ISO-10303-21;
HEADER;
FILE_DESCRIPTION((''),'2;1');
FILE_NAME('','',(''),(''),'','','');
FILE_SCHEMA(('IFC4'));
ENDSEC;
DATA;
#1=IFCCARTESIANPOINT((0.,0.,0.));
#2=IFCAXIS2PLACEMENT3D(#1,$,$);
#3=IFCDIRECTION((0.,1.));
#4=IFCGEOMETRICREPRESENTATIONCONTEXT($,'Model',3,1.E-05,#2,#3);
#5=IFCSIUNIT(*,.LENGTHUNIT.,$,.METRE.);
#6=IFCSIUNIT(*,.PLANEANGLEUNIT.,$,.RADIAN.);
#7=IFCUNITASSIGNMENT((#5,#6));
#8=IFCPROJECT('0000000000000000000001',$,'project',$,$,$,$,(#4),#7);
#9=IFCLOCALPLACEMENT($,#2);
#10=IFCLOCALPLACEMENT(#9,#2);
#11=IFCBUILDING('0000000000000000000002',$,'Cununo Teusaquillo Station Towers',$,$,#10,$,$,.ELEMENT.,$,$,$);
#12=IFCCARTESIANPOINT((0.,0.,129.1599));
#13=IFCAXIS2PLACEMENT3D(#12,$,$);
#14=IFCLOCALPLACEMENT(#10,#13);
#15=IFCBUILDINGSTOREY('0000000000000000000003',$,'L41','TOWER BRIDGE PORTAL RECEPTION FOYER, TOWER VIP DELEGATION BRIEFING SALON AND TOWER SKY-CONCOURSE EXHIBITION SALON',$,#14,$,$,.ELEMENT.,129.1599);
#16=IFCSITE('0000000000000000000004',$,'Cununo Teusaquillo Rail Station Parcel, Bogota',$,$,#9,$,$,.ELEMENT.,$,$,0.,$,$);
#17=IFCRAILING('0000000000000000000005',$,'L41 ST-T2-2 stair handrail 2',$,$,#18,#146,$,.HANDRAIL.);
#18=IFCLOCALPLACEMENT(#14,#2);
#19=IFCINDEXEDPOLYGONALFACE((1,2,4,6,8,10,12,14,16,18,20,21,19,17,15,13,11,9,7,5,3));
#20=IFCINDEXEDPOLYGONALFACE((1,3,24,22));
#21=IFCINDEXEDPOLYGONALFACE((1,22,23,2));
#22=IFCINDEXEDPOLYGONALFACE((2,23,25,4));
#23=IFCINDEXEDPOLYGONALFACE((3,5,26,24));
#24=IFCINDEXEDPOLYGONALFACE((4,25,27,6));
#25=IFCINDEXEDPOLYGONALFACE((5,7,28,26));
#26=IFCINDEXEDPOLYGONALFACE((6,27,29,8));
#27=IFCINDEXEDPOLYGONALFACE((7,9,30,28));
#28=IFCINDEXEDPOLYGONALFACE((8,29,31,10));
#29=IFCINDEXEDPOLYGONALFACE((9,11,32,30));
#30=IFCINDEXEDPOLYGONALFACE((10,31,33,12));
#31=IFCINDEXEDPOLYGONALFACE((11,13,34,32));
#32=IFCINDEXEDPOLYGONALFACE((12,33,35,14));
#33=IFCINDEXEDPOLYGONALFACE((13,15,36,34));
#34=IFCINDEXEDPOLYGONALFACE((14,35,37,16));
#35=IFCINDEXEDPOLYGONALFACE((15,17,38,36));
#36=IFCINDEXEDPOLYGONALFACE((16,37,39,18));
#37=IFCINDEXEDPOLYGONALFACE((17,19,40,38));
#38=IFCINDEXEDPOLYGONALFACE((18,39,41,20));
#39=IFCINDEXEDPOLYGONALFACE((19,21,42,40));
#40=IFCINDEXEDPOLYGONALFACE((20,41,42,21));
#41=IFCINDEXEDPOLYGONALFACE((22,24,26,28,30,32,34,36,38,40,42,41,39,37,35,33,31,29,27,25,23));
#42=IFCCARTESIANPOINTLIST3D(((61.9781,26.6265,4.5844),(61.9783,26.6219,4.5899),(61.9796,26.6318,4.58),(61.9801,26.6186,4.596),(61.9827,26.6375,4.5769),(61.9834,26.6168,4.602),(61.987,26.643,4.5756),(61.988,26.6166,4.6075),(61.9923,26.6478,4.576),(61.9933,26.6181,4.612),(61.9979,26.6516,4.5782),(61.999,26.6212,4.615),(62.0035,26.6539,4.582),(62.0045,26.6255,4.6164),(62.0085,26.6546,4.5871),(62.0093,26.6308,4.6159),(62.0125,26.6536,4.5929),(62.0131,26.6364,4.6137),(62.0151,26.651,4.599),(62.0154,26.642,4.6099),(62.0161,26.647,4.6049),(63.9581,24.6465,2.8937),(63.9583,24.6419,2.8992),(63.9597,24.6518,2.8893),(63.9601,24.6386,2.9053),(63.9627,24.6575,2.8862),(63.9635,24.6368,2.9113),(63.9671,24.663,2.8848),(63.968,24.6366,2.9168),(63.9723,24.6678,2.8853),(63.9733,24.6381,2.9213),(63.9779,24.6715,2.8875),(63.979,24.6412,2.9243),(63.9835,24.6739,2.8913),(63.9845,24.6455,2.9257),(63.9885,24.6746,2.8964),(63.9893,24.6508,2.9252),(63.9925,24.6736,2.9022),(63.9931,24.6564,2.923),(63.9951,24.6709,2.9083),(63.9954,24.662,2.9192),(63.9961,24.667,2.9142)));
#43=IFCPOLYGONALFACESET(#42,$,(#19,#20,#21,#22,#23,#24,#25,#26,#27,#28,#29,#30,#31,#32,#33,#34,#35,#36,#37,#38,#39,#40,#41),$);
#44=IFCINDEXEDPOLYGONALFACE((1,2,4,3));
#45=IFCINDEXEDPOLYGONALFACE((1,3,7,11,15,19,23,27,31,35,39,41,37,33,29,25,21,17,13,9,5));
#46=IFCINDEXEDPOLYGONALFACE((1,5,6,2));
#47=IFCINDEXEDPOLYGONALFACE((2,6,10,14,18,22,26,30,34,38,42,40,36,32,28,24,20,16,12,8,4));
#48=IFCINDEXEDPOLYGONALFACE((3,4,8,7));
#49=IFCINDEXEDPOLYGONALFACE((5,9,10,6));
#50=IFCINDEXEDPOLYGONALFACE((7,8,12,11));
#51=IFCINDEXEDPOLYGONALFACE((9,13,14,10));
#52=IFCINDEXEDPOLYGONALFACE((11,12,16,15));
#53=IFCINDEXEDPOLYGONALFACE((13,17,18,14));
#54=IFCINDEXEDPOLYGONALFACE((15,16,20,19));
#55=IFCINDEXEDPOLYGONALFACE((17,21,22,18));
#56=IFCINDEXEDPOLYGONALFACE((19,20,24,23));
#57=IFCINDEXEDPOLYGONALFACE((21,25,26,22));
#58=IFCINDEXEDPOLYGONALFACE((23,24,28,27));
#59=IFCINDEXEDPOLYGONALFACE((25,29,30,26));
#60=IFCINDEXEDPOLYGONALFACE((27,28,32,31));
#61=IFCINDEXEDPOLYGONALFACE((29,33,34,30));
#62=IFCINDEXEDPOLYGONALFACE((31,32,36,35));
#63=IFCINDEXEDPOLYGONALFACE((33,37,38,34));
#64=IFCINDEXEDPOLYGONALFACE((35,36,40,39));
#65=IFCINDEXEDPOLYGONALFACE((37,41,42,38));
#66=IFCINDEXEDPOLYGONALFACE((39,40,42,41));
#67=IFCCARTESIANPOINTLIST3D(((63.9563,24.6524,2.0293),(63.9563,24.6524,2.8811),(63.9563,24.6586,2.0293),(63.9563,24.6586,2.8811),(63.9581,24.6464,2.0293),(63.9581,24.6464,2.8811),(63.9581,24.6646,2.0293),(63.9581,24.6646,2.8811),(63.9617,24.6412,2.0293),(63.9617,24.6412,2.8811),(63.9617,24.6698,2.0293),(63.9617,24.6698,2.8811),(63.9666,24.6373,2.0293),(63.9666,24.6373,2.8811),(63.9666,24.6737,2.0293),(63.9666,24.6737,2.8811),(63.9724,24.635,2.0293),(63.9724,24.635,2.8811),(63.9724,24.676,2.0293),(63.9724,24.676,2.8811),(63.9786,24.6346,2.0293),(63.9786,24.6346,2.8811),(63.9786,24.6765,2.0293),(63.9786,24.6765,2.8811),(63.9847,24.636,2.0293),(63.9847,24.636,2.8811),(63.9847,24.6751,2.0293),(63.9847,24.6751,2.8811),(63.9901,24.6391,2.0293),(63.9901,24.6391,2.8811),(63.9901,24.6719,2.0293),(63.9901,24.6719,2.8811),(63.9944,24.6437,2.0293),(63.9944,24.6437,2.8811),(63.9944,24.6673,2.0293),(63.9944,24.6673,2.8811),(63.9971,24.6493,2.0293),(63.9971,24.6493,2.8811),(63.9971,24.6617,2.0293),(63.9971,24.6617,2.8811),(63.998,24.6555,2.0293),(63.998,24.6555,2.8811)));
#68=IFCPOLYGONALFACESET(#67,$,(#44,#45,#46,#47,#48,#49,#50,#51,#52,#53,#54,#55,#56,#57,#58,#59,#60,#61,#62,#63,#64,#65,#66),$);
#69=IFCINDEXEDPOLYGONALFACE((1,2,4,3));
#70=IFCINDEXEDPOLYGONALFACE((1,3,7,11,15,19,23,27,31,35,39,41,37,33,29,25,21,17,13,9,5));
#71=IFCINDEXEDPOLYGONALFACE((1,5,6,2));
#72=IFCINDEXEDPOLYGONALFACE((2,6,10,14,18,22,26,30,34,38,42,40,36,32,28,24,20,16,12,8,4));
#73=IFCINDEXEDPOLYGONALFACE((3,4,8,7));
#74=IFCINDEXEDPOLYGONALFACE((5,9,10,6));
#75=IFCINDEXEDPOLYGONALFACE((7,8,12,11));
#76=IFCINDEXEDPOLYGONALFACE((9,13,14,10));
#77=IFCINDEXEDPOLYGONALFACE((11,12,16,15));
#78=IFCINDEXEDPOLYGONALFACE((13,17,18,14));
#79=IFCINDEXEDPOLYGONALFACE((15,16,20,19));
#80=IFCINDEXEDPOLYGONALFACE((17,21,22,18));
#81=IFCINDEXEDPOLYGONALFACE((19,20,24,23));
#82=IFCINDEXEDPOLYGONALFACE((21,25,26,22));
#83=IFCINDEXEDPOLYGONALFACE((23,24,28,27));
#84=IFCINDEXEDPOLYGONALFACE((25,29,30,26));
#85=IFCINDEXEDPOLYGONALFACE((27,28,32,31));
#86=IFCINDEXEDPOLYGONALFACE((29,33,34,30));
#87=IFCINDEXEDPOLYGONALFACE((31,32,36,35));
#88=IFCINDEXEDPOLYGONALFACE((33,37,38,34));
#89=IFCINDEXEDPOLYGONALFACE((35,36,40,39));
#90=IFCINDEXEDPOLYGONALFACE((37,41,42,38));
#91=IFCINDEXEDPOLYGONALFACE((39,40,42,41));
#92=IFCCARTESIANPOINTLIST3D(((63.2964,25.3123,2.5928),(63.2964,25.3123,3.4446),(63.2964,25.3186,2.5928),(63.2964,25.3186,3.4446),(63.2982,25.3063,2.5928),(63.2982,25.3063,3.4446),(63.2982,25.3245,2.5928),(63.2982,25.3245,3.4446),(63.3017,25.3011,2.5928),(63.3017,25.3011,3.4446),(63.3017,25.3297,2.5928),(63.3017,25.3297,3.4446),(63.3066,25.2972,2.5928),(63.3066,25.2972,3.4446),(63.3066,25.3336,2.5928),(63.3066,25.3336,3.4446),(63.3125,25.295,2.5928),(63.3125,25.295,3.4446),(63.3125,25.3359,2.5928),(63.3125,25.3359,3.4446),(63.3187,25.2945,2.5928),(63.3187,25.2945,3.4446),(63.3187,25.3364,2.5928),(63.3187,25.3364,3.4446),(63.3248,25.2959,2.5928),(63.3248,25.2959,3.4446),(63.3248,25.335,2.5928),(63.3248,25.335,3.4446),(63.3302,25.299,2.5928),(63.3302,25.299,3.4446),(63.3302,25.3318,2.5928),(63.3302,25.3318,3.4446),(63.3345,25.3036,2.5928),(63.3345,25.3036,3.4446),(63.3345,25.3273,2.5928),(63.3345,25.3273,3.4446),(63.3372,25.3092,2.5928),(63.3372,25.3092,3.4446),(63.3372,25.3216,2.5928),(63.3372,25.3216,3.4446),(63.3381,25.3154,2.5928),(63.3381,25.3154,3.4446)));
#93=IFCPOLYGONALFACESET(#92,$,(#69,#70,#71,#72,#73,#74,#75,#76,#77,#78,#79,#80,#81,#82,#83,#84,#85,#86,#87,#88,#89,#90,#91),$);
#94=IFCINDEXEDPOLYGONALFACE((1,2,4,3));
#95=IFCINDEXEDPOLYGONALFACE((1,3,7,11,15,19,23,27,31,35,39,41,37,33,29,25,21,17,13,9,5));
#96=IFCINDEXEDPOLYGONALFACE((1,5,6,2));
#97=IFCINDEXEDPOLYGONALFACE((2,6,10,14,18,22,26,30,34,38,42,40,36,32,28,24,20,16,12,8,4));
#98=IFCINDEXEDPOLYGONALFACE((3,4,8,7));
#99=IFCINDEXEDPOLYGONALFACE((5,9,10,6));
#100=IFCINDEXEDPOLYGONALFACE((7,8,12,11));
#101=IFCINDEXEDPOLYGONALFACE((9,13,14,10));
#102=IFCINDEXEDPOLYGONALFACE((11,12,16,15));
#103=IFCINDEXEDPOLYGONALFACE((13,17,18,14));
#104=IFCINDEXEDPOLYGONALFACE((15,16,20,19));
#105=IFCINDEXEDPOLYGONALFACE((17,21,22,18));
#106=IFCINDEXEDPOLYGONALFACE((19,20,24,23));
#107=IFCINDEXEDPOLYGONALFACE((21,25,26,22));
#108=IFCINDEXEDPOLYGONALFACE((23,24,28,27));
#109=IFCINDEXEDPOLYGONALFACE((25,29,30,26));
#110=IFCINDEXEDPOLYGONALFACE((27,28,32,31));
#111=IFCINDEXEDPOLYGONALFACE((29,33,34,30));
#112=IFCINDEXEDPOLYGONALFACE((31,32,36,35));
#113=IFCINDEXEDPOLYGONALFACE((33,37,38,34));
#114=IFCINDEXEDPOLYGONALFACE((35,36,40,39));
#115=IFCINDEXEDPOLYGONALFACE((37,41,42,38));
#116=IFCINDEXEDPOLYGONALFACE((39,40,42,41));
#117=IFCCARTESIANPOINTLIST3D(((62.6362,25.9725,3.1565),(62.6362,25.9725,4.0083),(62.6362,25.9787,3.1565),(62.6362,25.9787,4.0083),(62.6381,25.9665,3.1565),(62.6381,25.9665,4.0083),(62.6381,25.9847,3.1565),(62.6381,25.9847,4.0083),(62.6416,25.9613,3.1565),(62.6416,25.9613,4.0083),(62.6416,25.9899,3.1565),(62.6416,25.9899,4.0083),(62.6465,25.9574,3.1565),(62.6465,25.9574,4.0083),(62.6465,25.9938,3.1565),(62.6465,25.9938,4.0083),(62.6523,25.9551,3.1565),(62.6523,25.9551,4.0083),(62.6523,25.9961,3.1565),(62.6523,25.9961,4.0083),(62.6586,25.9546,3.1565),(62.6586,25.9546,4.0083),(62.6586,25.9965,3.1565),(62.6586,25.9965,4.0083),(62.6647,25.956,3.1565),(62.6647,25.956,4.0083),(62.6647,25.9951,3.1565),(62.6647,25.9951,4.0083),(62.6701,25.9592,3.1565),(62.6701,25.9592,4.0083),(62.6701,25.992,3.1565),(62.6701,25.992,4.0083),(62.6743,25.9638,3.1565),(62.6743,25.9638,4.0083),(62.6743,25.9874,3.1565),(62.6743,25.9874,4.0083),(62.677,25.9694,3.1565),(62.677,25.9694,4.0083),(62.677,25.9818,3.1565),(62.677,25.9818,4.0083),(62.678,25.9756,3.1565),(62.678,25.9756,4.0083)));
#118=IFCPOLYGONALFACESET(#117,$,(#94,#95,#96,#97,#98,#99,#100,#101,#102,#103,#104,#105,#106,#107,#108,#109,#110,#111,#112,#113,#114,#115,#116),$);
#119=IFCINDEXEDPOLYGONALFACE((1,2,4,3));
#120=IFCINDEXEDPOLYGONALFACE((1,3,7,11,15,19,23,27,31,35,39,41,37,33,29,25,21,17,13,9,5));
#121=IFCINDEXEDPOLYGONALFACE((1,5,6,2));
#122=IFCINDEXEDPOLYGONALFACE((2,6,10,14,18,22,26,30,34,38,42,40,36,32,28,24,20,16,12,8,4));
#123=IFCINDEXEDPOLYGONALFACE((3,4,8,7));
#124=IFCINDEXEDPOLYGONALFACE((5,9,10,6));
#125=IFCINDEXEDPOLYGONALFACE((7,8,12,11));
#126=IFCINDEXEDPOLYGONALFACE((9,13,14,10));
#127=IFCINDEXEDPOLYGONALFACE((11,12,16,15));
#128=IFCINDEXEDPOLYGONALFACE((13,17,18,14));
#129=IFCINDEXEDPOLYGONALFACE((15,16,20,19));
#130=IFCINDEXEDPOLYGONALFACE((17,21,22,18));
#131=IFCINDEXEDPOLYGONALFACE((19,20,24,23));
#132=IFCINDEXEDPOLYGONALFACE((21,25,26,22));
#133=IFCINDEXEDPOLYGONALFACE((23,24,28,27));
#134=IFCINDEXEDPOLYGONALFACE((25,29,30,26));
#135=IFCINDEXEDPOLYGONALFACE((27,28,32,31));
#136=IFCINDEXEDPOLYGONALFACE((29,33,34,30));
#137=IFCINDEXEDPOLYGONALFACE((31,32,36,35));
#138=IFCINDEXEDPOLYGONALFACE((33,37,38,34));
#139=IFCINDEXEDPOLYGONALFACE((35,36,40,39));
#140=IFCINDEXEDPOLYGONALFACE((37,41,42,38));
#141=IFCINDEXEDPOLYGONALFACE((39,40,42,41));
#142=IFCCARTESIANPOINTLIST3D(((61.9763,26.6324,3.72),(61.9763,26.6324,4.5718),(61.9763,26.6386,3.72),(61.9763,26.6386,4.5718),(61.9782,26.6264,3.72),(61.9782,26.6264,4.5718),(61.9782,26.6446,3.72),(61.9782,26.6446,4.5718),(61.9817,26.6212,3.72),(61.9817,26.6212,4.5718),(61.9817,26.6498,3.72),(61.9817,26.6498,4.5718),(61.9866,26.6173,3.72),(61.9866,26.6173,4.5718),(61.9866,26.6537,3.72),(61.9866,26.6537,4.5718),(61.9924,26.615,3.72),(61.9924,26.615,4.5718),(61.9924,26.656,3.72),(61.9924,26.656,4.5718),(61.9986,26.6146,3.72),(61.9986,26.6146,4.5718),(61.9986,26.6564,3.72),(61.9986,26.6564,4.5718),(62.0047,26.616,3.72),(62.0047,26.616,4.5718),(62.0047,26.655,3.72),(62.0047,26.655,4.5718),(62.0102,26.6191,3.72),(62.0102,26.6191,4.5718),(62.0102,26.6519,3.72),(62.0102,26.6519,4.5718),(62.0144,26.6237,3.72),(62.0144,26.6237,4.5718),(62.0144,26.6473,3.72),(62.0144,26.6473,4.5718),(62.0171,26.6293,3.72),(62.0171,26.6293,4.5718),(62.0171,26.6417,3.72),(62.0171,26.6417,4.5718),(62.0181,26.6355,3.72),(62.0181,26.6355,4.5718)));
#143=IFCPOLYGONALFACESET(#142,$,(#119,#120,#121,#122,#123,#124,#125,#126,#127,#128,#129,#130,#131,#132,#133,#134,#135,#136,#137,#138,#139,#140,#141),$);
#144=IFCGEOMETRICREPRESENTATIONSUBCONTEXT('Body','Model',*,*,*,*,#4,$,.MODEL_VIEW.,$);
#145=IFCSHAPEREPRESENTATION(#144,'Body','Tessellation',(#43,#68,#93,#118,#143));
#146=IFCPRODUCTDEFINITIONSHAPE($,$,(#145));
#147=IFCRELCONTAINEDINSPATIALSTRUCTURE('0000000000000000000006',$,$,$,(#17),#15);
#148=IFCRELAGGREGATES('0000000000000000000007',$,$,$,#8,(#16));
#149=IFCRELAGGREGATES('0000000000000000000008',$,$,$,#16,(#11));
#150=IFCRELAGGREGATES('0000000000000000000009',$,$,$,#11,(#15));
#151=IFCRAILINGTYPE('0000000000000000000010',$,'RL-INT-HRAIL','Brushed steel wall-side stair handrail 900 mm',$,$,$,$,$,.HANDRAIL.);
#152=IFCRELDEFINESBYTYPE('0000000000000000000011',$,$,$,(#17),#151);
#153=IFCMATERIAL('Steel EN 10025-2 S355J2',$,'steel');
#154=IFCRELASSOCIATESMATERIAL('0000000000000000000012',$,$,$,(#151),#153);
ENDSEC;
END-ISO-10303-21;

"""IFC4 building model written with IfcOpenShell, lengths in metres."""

from ifc_helpers import new_model, si_unit, direction, frame, origin, origin_2d, place, context, subcontext, project, spatial, circle, extrude, material, type_object, element, save


model = new_model("IFC4")

# Units and contexts
model_context = context("Model", 3, precision=1e-05, world=origin(), true_north=direction((0.0, 1.0)))
body_context = subcontext(model_context, "Body", "Model", "MODEL_VIEW")
ifc_project = project(units=[si_unit("LENGTHUNIT", "METRE"), si_unit("PLANEANGLEUNIT", "RADIAN")], contexts=[model_context])

# Site, building, storey
site_placement = place(None, origin())
site = spatial("IfcSite", under=ifc_project, at=site_placement, Name="Cununo Teusaquillo Rail Station Parcel, Bogota", CompositionType="ELEMENT", RefElevation=0.0)
building_placement = place(site_placement, origin())
building = spatial("IfcBuilding", under=site, at=building_placement, Name="Cununo Teusaquillo Station Towers", CompositionType="ELEMENT")
storey_placement = place(building_placement, frame((0.0, 0.0, 129.1599)))
storey = spatial("IfcBuildingStorey", under=building, at=storey_placement, Name="L41", Description="TOWER BRIDGE PORTAL RECEPTION FOYER, TOWER VIP DELEGATION BRIEFING SALON AND TOWER SKY-CONCOURSE EXHIBITION SALON", CompositionType="ELEMENT", Elevation=129.1599)

# Railing
ifc_material_1 = material(Name="Steel EN 10025-2 S355J2", Category="steel")
railing_type_1 = type_object("IfcRailingType", Name="RL-INT-HRAIL", Description="Brushed steel wall-side stair handrail 900 mm", PredefinedType="HANDRAIL", material=ifc_material_1)
railing_1_placement = place(storey_placement, frame((63.9771, 24.6555, 2.0293)))
element("IfcRailing", 1, at=railing_1_placement, inside=storey, type_object=railing_type_1, Name="L41 ST-T2-2 stair handrail 2", PredefinedType="HANDRAIL", context=body_context, shape_type="SweptSolid", body=[
    extrude(circle(Radius=0.0239, at=origin_2d()), frame((0.0, 0.0, 0.876), z_axis=(-0.605325, 0.605325, 0.516878), x_axis=(-0.707107, -0.707107, 0.0)), (0.0, 0.0, 1.0), 3.271),
    extrude(circle(Radius=0.021, at=origin_2d()), origin(), (0.0, 0.0, 1.0), 0.8518),
    extrude(circle(Radius=0.021, at=origin_2d()), frame((-0.6599, 0.6599, 0.5635)), (0.0, 0.0, 1.0), 0.8518),
    extrude(circle(Radius=0.021, at=origin_2d()), frame((-1.3201, 1.3201, 1.1272)), (0.0, 0.0, 1.0), 0.8518),
    extrude(circle(Radius=0.021, at=origin_2d()), frame((-1.98, 1.98, 1.6907)), (0.0, 0.0, 1.0), 0.8518),
])

save(model, "model.ifc")
